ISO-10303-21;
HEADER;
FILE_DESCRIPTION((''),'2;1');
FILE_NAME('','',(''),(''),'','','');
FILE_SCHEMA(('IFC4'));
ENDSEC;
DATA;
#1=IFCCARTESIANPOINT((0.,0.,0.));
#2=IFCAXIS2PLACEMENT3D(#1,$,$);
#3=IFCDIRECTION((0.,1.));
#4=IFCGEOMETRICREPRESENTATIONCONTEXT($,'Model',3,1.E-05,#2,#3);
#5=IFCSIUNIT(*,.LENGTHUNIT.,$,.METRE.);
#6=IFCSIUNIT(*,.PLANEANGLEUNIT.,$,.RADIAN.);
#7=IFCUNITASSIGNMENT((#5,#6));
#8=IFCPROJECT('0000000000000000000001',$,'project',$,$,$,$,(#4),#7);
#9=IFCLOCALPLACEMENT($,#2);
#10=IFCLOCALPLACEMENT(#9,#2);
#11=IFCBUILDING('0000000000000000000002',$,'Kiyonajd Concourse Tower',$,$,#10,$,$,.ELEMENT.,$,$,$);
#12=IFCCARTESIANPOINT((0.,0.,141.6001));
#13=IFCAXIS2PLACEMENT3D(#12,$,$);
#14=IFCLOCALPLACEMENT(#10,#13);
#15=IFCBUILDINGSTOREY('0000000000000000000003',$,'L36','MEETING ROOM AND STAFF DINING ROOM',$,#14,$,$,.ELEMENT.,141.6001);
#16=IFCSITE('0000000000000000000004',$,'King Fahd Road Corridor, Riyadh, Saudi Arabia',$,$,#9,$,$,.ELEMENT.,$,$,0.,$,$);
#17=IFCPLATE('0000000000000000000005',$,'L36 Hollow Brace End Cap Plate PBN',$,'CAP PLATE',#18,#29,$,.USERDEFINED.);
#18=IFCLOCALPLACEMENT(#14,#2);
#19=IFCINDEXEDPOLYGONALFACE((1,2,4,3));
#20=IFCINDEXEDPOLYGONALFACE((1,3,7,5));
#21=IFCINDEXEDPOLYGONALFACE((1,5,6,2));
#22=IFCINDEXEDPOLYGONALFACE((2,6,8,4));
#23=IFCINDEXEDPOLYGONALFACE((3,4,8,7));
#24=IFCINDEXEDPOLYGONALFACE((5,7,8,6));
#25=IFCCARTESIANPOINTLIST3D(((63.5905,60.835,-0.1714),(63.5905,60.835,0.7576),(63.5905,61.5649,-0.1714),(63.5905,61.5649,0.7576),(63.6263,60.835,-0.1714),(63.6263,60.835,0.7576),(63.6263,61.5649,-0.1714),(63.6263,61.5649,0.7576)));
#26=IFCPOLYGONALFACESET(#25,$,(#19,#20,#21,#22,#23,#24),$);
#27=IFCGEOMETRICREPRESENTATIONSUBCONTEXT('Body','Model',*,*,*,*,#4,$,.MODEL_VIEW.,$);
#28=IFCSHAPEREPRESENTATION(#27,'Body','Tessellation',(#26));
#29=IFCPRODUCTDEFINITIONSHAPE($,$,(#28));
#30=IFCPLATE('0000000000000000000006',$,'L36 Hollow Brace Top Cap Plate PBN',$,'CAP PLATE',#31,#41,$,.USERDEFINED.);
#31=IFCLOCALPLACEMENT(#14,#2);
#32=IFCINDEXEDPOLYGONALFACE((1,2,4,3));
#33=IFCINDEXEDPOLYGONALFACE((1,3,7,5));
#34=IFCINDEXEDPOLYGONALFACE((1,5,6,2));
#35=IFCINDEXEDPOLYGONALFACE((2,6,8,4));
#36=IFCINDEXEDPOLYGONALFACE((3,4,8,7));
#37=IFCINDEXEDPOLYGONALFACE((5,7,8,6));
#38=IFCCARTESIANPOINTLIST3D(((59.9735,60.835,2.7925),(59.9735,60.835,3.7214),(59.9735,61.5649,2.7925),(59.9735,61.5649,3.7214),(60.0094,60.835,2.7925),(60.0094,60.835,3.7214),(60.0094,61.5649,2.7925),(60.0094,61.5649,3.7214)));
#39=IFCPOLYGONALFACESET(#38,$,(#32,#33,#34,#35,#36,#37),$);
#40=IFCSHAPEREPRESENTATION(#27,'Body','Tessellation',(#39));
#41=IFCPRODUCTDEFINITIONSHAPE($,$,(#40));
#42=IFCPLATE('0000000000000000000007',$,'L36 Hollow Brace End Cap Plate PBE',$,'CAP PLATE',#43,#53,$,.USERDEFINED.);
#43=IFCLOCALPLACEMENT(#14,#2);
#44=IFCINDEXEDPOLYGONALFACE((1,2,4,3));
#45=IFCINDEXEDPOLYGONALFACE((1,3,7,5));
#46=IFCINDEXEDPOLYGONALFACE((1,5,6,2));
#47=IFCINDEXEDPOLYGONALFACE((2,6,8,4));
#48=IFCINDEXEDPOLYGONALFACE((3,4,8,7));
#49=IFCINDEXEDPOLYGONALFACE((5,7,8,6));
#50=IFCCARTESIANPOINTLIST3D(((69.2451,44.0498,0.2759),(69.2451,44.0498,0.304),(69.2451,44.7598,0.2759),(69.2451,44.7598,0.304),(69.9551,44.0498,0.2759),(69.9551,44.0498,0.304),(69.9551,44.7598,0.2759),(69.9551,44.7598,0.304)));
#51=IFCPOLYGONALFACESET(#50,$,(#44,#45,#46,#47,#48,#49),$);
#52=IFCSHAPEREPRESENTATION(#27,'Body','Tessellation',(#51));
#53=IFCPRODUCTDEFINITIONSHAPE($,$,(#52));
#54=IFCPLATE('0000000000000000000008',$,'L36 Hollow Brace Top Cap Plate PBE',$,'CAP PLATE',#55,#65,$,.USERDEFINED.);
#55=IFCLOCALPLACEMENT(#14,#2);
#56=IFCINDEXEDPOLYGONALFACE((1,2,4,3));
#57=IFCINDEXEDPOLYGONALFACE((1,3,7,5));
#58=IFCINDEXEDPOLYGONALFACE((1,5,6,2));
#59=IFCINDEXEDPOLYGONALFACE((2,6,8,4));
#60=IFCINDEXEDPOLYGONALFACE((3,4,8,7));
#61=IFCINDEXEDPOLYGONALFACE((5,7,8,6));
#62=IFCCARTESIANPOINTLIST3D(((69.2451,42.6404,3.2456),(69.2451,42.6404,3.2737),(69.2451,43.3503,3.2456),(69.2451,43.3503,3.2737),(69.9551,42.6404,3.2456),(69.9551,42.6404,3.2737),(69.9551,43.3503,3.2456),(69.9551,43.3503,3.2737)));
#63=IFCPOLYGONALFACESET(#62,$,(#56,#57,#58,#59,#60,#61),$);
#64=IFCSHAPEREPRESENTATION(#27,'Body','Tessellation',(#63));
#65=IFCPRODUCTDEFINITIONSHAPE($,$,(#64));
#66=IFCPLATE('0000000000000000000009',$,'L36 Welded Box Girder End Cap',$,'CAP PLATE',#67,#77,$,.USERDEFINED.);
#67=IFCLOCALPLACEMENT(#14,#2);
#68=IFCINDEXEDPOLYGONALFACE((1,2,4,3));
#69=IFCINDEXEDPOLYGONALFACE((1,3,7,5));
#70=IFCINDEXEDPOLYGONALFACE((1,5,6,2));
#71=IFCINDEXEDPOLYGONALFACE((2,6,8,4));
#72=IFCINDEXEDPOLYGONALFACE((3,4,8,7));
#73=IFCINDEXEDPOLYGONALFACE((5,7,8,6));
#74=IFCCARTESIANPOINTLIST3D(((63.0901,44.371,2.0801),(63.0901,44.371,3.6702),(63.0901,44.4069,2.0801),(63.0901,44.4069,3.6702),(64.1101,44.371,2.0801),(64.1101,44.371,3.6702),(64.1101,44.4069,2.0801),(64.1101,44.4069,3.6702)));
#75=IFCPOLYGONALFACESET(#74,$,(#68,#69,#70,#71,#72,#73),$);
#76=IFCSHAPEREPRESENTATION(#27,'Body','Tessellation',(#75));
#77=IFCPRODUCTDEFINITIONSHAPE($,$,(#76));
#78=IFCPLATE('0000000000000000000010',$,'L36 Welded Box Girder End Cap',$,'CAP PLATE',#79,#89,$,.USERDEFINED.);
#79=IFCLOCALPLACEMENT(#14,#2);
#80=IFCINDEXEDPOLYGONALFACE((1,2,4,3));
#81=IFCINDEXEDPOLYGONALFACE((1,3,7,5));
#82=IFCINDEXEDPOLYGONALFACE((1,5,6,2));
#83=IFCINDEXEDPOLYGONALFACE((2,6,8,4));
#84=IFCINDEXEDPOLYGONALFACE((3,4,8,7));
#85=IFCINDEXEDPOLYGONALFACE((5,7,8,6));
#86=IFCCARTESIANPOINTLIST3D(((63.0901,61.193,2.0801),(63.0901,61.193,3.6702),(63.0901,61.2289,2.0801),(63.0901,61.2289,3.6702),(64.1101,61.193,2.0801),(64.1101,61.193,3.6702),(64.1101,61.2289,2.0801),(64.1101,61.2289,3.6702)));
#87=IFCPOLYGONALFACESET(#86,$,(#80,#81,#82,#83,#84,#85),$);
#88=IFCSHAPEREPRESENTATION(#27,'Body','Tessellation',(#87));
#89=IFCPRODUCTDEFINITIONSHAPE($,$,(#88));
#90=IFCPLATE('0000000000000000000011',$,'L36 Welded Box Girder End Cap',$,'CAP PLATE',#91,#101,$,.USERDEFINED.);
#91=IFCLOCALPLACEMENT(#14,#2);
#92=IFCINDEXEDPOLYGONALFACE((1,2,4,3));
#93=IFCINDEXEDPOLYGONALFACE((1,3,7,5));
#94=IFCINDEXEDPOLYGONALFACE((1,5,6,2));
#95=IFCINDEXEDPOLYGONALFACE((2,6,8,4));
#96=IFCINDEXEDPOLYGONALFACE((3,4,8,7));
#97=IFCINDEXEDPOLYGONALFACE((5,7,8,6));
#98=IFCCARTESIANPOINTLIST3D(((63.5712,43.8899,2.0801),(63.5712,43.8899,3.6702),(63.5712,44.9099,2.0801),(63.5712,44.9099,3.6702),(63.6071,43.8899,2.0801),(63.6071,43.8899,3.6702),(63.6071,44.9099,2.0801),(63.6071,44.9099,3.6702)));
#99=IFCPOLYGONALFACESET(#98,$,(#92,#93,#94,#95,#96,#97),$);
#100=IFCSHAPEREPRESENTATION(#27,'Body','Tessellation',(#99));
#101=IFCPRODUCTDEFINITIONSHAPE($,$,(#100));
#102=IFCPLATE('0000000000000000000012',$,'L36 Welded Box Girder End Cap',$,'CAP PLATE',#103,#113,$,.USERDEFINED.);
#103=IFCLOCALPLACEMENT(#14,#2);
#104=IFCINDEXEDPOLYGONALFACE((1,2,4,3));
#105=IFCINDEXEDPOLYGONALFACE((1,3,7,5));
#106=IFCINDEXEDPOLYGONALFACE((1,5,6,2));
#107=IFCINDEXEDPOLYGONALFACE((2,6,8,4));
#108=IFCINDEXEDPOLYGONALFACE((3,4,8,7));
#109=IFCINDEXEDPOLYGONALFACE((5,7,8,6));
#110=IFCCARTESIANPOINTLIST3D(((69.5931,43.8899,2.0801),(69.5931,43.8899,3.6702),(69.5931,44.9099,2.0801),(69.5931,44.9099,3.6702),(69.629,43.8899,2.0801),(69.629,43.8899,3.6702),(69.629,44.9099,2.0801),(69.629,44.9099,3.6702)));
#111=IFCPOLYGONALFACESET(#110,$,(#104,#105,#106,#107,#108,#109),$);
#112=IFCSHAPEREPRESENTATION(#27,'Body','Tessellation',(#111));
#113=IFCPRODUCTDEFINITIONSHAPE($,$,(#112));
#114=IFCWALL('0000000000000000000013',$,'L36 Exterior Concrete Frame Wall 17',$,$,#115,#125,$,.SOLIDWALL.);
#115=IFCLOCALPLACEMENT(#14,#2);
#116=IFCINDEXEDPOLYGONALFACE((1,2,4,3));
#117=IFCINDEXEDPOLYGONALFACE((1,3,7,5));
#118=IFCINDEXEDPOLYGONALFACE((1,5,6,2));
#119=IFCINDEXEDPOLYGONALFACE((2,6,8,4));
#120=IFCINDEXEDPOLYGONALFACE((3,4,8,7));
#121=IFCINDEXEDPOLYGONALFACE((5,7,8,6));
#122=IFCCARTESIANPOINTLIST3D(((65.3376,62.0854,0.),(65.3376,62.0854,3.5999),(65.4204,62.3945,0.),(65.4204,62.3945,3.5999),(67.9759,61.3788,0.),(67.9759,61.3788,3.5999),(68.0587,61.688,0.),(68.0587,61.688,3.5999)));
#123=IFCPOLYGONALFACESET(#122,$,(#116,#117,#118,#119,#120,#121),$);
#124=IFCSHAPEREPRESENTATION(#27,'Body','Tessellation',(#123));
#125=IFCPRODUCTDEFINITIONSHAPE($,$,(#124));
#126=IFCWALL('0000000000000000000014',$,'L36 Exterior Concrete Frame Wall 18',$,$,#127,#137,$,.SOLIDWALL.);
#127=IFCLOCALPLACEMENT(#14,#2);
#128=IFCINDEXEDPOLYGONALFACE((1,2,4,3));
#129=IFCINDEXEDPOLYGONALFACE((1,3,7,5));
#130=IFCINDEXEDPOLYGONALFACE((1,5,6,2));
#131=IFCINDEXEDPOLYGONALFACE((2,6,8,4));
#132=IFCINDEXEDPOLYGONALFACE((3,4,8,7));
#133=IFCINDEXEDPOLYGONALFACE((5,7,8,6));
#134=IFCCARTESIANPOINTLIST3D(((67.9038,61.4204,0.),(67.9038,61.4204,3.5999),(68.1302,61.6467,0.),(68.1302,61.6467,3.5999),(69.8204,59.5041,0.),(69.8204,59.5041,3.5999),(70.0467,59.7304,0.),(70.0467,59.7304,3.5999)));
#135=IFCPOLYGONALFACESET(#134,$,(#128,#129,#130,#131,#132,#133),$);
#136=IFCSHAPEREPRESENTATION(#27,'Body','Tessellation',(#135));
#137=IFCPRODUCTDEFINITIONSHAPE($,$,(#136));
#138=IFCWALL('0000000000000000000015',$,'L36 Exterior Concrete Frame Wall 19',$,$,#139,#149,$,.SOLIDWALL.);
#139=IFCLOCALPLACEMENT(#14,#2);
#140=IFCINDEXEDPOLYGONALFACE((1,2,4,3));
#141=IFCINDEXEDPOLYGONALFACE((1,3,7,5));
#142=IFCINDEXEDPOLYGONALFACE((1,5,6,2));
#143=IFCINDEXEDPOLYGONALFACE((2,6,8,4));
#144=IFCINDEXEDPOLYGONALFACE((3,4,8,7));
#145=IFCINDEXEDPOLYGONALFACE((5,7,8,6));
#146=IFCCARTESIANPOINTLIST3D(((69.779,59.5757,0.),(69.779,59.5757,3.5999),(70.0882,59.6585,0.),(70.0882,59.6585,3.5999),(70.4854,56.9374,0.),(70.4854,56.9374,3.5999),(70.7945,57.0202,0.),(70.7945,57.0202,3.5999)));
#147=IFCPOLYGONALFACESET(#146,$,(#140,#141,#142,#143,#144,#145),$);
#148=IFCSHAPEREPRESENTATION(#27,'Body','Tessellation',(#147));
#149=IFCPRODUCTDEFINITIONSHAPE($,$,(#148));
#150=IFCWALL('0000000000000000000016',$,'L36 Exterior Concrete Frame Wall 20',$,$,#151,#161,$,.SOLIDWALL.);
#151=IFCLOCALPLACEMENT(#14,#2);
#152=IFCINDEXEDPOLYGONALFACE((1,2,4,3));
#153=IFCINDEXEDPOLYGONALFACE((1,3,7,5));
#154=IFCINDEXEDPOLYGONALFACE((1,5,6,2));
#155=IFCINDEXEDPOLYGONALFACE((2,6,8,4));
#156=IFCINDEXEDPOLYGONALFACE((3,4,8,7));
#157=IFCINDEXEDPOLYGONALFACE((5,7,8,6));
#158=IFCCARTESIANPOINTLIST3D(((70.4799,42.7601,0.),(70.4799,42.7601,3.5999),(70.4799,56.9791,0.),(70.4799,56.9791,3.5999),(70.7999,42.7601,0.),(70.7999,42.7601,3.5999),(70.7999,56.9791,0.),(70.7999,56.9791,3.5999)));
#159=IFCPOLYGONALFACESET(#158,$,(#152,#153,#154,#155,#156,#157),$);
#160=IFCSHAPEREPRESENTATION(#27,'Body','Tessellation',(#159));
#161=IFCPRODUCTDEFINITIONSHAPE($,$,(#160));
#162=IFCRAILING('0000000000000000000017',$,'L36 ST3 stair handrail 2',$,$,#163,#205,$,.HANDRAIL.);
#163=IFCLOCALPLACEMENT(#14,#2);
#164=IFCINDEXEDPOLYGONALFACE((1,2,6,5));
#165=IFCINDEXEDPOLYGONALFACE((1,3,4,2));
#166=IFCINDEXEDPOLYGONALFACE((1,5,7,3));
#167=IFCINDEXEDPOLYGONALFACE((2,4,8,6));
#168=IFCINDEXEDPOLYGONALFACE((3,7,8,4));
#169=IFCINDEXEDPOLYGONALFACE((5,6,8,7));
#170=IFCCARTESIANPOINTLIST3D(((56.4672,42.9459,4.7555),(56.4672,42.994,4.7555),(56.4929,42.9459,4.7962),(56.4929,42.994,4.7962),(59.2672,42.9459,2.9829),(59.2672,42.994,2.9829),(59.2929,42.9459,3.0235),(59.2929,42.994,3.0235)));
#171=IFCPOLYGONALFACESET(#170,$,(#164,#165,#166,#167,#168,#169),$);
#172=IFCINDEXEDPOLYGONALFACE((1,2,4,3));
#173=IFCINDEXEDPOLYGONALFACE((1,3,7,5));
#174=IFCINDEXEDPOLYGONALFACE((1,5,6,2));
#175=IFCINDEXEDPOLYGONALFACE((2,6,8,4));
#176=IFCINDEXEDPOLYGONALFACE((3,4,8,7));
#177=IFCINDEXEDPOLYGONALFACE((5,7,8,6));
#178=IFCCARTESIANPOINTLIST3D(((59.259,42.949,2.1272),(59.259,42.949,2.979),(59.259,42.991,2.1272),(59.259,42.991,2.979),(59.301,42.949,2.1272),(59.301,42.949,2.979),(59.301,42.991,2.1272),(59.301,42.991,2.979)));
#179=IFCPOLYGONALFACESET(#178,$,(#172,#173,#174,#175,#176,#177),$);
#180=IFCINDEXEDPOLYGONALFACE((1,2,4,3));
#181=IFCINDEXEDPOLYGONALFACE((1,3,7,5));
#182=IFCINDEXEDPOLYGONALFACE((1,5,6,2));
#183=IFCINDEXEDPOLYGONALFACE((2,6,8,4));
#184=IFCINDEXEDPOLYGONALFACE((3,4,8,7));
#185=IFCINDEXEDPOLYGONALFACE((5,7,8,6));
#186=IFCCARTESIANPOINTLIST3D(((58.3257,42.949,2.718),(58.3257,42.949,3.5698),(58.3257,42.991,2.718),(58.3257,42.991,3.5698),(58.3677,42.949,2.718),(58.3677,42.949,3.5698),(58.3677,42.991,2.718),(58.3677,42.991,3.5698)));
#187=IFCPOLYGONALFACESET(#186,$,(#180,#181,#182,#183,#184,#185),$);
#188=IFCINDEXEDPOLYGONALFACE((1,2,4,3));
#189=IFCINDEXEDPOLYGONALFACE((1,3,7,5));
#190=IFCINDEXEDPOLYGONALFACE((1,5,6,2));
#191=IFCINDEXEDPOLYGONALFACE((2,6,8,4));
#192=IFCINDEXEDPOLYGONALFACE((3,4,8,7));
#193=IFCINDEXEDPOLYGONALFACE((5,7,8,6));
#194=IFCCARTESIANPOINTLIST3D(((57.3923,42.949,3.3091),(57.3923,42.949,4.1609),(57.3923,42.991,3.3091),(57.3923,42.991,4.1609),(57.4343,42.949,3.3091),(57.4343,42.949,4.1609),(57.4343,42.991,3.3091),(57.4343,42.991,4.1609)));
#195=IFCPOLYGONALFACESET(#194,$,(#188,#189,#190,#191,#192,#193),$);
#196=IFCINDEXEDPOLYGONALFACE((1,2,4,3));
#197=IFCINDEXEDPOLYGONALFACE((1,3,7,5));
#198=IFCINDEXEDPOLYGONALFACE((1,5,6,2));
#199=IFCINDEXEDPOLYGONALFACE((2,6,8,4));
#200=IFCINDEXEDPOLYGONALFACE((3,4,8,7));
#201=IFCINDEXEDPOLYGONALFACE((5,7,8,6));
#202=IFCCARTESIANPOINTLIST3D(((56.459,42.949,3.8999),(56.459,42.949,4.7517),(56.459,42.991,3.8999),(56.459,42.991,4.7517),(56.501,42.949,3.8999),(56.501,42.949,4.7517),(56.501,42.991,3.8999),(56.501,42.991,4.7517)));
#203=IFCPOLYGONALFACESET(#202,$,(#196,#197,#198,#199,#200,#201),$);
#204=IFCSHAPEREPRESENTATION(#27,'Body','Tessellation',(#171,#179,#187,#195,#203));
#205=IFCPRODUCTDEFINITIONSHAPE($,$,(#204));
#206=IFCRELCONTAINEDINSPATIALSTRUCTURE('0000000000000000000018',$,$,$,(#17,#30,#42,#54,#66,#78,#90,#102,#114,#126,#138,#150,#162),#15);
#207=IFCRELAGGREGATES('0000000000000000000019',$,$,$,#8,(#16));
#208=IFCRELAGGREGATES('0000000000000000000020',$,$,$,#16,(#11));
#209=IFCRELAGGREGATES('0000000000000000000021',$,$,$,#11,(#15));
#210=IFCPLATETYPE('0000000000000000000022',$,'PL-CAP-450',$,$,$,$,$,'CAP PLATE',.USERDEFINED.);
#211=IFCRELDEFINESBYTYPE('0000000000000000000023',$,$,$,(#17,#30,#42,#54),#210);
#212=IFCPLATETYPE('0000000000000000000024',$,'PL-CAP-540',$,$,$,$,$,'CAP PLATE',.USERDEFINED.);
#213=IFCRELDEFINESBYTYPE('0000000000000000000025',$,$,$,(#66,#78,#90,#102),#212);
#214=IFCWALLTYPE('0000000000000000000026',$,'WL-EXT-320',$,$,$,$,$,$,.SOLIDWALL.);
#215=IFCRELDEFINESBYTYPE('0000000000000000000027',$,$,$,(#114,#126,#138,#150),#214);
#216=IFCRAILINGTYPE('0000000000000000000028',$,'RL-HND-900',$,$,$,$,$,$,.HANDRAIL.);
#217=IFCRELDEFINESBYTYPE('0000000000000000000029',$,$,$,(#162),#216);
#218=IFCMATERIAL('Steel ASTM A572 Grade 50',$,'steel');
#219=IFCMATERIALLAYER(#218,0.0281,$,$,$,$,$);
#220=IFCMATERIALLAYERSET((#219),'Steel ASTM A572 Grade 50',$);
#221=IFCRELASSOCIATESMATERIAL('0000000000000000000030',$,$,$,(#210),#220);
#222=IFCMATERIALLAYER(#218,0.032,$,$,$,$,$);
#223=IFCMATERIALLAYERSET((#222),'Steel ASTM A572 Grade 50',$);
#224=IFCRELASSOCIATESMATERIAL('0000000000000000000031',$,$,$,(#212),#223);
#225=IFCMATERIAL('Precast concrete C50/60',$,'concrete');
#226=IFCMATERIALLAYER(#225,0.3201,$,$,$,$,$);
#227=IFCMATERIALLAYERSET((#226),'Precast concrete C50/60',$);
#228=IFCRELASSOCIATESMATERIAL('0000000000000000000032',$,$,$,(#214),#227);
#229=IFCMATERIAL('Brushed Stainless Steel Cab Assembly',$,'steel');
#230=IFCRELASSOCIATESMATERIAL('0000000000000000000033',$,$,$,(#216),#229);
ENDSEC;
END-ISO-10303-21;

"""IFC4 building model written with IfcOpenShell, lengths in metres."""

from ifc_helpers import new_model, si_unit, direction, frame, frame_2d, origin, origin_2d, place, context, subcontext, project, spatial, rectangle, extrude, material, layer, layer_set, type_object, element, save


model = new_model("IFC4")

# Units and contexts
model_context = context("Model", 3, precision=1e-05, world=origin(), true_north=direction((0.0, 1.0)))
body_context = subcontext(model_context, "Body", "Model", "MODEL_VIEW")
ifc_project = project(units=[si_unit("LENGTHUNIT", "METRE"), si_unit("PLANEANGLEUNIT", "RADIAN")], contexts=[model_context])

# Site, building, storey
site_placement = place(None, origin())
site = spatial("IfcSite", under=ifc_project, at=site_placement, Name="King Fahd Road Corridor, Riyadh, Saudi Arabia", CompositionType="ELEMENT", RefElevation=0.0)
building_placement = place(site_placement, origin())
building = spatial("IfcBuilding", under=site, at=building_placement, Name="Kiyonajd Concourse Tower", CompositionType="ELEMENT")
storey_placement = place(building_placement, frame((0.0, 0.0, 141.6001)))
storey = spatial("IfcBuildingStorey", under=building, at=storey_placement, Name="L36", Description="MEETING ROOM AND STAFF DINING ROOM", CompositionType="ELEMENT", Elevation=141.6001)

# Shared definitions
ifc_material_1 = material(Name="Steel ASTM A572 Grade 50", Category="steel")

# Plates
ifc_layer_1 = layer(ifc_material_1, 0.0281)
ifc_layer_set_1 = layer_set([ifc_layer_1], Name="Steel ASTM A572 Grade 50")
plate_type_1 = type_object("IfcPlateType", Name="PL-CAP-450", ElementType="CAP PLATE", PredefinedType="USERDEFINED", material=ifc_layer_set_1)
for number, where, z_axis, x_axis, name in (
    (1, (63.6084, 61.2, -0.1714), (0.0, 0.0, 1.0), (1.0, 0.0, 0.0), "L36 Hollow Brace End Cap Plate PBN"),
    (2, (59.9915, 61.2, 2.7925), (0.0, 0.0, 1.0), (-1.0, 0.0, 0.0), "L36 Hollow Brace Top Cap Plate PBN"),
):
    element("IfcPlate", number, at=place(storey_placement, frame(where, z_axis=z_axis, x_axis=x_axis)), inside=storey, type_object=plate_type_1, Name=name, ObjectType="CAP PLATE", PredefinedType="USERDEFINED", context=body_context, shape_type="SweptSolid", body=[
        extrude(rectangle(XDim=0.0359, YDim=0.73, at=origin_2d()), origin(), (0.0, 0.0, 1.0), 0.929),
    ])
for number, where, z_axis, x_axis, name in (
    (3, (69.6001, 44.4048, 0.2759), (0.0, 0.0, 1.0), (1.0, 0.0, 0.0), "L36 Hollow Brace End Cap Plate PBE"),
    (4, (69.6001, 42.9954, 3.2456), (0.0, 0.0, 1.0), (1.0, 0.0, 0.0), "L36 Hollow Brace Top Cap Plate PBE"),
):
    element("IfcPlate", number, at=place(storey_placement, frame(where, z_axis=z_axis, x_axis=x_axis)), inside=storey, type_object=plate_type_1, Name=name, ObjectType="CAP PLATE", PredefinedType="USERDEFINED", context=body_context, shape_type="SweptSolid", body=[
        extrude(rectangle(XDim=0.71, YDim=0.71, at=origin_2d()), origin(), (0.0, 0.0, 1.0), 0.0281),
    ])
ifc_layer_2 = layer(ifc_material_1, 0.032)
ifc_layer_set_2 = layer_set([ifc_layer_2], Name="Steel ASTM A572 Grade 50")
plate_type_2 = type_object("IfcPlateType", Name="PL-CAP-540", ElementType="CAP PLATE", PredefinedType="USERDEFINED", material=ifc_layer_set_2)
for number, where, z_axis, x_axis, name in (
    (5, (63.6001, 44.3889, 2.0801), (0.0, 0.0, 1.0), (0.0, -1.0, 0.0), "L36 Welded Box Girder End Cap"),
    (6, (63.6001, 61.2109, 2.0801), (0.0, 0.0, 1.0), (0.0, 1.0, 0.0), "L36 Welded Box Girder End Cap"),
    (7, (63.5891, 44.3999, 2.0801), (0.0, 0.0, 1.0), (-1.0, 0.0, 0.0), "L36 Welded Box Girder End Cap"),
    (8, (69.6111, 44.3999, 2.0801), (0.0, 0.0, 1.0), (1.0, 0.0, 0.0), "L36 Welded Box Girder End Cap"),
):
    element("IfcPlate", number, at=place(storey_placement, frame(where, z_axis=z_axis, x_axis=x_axis)), inside=storey, type_object=plate_type_2, Name=name, ObjectType="CAP PLATE", PredefinedType="USERDEFINED", context=body_context, shape_type="SweptSolid", body=[
        extrude(rectangle(XDim=0.0359, YDim=1.02, at=origin_2d()), origin(), (0.0, 0.0, 1.0), 1.5901),
    ])

# Walls
ifc_material_2 = material(Name="Precast concrete C50/60", Category="concrete")
ifc_layer_3 = layer(ifc_material_2, 0.3201)
ifc_layer_set_3 = layer_set([ifc_layer_3], Name="Precast concrete C50/60")
wall_type = type_object("IfcWallType", Name="WL-EXT-320", PredefinedType="SOLIDWALL", material=ifc_layer_set_3)
wall_1_placement = place(storey_placement, frame((65.3789, 62.24, 0.0), z_axis=(0.0, 0.0, 1.0), x_axis=(0.965958, -0.258697, 0.0)))
element("IfcWall", 9, at=wall_1_placement, inside=storey, type_object=wall_type, Name="L36 Exterior Concrete Frame Wall 17", PredefinedType="SOLIDWALL", context=body_context, shape_type="SweptSolid", body=[
    extrude(rectangle(XDim=2.7312, YDim=0.3201, at=frame_2d((1.3657, 0.0))), origin(), (0.0, 0.0, 1.0), 3.5999),
])
wall_2_placement = place(storey_placement, frame((68.0171, 61.5334, 0.0), z_axis=(0.0, 0.0, 1.0), x_axis=(0.707152, -0.707062, 0.0)))
element("IfcWall", 10, at=wall_2_placement, inside=storey, type_object=wall_type, Name="L36 Exterior Concrete Frame Wall 18", PredefinedType="SOLIDWALL", context=body_context, shape_type="SweptSolid", body=[
    extrude(rectangle(XDim=2.7102, YDim=0.3201, at=frame_2d((1.355, 0.0))), origin(), (0.0, 0.0, 1.0), 3.5999),
])
wall_3_placement = place(storey_placement, frame((69.9336, 59.6172, 0.0), z_axis=(0.0, 0.0, 1.0), x_axis=(0.258614, -0.965981, 0.0)))
element("IfcWall", 11, at=wall_3_placement, inside=storey, type_object=wall_type, Name="L36 Exterior Concrete Frame Wall 19", PredefinedType="SOLIDWALL", context=body_context, shape_type="SweptSolid", body=[
    extrude(rectangle(XDim=2.7312, YDim=0.3201, at=frame_2d((1.3657, 0.0))), origin(), (0.0, 0.0, 1.0), 3.5999),
])
wall_4_placement = place(storey_placement, frame((70.6399, 56.979, 0.0), z_axis=(0.0, 0.0, 1.0), x_axis=(0.0, -1.0, 0.0)))
element("IfcWall", 12, at=wall_4_placement, inside=storey, type_object=wall_type, Name="L36 Exterior Concrete Frame Wall 20", PredefinedType="SOLIDWALL", context=body_context, shape_type="SweptSolid", body=[
    extrude(rectangle(XDim=14.219, YDim=0.3201, at=frame_2d((7.1094, 0.0))), origin(), (0.0, 0.0, 1.0), 3.5999),
])

# Railing
ifc_material_3 = material(Name="Brushed Stainless Steel Cab Assembly", Category="steel")
railing_type = type_object("IfcRailingType", Name="RL-HND-900", PredefinedType="HANDRAIL", material=ifc_material_3)
railing_placement = place(storey_placement, frame((59.28, 42.97, 2.1272)))
element("IfcRailing", 13, at=railing_placement, inside=storey, type_object=railing_type, Name="L36 ST3 stair handrail 2", PredefinedType="HANDRAIL", context=body_context, shape_type="SweptSolid", body=[
    extrude(rectangle(XDim=0.0481, YDim=0.0481, at=origin_2d()), frame((0.0, 0.0, 0.876), z_axis=(-0.844909, 0.0, 0.53491), x_axis=(0.0, -1.0, 0.0)), (0.0, 0.0, 1.0), 3.314),
    extrude(rectangle(XDim=0.042, YDim=0.042, at=origin_2d()), origin(), (0.0, 0.0, 1.0), 0.8518),
    extrude(rectangle(XDim=0.042, YDim=0.042, at=origin_2d()), frame((-0.9333, 0.0, 0.5908)), (0.0, 0.0, 1.0), 0.8518),
    extrude(rectangle(XDim=0.042, YDim=0.042, at=origin_2d()), frame((-1.8667, 0.0, 1.1819)), (0.0, 0.0, 1.0), 0.8518),
    extrude(rectangle(XDim=0.042, YDim=0.042, at=origin_2d()), frame((-2.8, 0.0, 1.7727)), (0.0, 0.0, 1.0), 0.8518),
])

save(model, "model.ifc")
